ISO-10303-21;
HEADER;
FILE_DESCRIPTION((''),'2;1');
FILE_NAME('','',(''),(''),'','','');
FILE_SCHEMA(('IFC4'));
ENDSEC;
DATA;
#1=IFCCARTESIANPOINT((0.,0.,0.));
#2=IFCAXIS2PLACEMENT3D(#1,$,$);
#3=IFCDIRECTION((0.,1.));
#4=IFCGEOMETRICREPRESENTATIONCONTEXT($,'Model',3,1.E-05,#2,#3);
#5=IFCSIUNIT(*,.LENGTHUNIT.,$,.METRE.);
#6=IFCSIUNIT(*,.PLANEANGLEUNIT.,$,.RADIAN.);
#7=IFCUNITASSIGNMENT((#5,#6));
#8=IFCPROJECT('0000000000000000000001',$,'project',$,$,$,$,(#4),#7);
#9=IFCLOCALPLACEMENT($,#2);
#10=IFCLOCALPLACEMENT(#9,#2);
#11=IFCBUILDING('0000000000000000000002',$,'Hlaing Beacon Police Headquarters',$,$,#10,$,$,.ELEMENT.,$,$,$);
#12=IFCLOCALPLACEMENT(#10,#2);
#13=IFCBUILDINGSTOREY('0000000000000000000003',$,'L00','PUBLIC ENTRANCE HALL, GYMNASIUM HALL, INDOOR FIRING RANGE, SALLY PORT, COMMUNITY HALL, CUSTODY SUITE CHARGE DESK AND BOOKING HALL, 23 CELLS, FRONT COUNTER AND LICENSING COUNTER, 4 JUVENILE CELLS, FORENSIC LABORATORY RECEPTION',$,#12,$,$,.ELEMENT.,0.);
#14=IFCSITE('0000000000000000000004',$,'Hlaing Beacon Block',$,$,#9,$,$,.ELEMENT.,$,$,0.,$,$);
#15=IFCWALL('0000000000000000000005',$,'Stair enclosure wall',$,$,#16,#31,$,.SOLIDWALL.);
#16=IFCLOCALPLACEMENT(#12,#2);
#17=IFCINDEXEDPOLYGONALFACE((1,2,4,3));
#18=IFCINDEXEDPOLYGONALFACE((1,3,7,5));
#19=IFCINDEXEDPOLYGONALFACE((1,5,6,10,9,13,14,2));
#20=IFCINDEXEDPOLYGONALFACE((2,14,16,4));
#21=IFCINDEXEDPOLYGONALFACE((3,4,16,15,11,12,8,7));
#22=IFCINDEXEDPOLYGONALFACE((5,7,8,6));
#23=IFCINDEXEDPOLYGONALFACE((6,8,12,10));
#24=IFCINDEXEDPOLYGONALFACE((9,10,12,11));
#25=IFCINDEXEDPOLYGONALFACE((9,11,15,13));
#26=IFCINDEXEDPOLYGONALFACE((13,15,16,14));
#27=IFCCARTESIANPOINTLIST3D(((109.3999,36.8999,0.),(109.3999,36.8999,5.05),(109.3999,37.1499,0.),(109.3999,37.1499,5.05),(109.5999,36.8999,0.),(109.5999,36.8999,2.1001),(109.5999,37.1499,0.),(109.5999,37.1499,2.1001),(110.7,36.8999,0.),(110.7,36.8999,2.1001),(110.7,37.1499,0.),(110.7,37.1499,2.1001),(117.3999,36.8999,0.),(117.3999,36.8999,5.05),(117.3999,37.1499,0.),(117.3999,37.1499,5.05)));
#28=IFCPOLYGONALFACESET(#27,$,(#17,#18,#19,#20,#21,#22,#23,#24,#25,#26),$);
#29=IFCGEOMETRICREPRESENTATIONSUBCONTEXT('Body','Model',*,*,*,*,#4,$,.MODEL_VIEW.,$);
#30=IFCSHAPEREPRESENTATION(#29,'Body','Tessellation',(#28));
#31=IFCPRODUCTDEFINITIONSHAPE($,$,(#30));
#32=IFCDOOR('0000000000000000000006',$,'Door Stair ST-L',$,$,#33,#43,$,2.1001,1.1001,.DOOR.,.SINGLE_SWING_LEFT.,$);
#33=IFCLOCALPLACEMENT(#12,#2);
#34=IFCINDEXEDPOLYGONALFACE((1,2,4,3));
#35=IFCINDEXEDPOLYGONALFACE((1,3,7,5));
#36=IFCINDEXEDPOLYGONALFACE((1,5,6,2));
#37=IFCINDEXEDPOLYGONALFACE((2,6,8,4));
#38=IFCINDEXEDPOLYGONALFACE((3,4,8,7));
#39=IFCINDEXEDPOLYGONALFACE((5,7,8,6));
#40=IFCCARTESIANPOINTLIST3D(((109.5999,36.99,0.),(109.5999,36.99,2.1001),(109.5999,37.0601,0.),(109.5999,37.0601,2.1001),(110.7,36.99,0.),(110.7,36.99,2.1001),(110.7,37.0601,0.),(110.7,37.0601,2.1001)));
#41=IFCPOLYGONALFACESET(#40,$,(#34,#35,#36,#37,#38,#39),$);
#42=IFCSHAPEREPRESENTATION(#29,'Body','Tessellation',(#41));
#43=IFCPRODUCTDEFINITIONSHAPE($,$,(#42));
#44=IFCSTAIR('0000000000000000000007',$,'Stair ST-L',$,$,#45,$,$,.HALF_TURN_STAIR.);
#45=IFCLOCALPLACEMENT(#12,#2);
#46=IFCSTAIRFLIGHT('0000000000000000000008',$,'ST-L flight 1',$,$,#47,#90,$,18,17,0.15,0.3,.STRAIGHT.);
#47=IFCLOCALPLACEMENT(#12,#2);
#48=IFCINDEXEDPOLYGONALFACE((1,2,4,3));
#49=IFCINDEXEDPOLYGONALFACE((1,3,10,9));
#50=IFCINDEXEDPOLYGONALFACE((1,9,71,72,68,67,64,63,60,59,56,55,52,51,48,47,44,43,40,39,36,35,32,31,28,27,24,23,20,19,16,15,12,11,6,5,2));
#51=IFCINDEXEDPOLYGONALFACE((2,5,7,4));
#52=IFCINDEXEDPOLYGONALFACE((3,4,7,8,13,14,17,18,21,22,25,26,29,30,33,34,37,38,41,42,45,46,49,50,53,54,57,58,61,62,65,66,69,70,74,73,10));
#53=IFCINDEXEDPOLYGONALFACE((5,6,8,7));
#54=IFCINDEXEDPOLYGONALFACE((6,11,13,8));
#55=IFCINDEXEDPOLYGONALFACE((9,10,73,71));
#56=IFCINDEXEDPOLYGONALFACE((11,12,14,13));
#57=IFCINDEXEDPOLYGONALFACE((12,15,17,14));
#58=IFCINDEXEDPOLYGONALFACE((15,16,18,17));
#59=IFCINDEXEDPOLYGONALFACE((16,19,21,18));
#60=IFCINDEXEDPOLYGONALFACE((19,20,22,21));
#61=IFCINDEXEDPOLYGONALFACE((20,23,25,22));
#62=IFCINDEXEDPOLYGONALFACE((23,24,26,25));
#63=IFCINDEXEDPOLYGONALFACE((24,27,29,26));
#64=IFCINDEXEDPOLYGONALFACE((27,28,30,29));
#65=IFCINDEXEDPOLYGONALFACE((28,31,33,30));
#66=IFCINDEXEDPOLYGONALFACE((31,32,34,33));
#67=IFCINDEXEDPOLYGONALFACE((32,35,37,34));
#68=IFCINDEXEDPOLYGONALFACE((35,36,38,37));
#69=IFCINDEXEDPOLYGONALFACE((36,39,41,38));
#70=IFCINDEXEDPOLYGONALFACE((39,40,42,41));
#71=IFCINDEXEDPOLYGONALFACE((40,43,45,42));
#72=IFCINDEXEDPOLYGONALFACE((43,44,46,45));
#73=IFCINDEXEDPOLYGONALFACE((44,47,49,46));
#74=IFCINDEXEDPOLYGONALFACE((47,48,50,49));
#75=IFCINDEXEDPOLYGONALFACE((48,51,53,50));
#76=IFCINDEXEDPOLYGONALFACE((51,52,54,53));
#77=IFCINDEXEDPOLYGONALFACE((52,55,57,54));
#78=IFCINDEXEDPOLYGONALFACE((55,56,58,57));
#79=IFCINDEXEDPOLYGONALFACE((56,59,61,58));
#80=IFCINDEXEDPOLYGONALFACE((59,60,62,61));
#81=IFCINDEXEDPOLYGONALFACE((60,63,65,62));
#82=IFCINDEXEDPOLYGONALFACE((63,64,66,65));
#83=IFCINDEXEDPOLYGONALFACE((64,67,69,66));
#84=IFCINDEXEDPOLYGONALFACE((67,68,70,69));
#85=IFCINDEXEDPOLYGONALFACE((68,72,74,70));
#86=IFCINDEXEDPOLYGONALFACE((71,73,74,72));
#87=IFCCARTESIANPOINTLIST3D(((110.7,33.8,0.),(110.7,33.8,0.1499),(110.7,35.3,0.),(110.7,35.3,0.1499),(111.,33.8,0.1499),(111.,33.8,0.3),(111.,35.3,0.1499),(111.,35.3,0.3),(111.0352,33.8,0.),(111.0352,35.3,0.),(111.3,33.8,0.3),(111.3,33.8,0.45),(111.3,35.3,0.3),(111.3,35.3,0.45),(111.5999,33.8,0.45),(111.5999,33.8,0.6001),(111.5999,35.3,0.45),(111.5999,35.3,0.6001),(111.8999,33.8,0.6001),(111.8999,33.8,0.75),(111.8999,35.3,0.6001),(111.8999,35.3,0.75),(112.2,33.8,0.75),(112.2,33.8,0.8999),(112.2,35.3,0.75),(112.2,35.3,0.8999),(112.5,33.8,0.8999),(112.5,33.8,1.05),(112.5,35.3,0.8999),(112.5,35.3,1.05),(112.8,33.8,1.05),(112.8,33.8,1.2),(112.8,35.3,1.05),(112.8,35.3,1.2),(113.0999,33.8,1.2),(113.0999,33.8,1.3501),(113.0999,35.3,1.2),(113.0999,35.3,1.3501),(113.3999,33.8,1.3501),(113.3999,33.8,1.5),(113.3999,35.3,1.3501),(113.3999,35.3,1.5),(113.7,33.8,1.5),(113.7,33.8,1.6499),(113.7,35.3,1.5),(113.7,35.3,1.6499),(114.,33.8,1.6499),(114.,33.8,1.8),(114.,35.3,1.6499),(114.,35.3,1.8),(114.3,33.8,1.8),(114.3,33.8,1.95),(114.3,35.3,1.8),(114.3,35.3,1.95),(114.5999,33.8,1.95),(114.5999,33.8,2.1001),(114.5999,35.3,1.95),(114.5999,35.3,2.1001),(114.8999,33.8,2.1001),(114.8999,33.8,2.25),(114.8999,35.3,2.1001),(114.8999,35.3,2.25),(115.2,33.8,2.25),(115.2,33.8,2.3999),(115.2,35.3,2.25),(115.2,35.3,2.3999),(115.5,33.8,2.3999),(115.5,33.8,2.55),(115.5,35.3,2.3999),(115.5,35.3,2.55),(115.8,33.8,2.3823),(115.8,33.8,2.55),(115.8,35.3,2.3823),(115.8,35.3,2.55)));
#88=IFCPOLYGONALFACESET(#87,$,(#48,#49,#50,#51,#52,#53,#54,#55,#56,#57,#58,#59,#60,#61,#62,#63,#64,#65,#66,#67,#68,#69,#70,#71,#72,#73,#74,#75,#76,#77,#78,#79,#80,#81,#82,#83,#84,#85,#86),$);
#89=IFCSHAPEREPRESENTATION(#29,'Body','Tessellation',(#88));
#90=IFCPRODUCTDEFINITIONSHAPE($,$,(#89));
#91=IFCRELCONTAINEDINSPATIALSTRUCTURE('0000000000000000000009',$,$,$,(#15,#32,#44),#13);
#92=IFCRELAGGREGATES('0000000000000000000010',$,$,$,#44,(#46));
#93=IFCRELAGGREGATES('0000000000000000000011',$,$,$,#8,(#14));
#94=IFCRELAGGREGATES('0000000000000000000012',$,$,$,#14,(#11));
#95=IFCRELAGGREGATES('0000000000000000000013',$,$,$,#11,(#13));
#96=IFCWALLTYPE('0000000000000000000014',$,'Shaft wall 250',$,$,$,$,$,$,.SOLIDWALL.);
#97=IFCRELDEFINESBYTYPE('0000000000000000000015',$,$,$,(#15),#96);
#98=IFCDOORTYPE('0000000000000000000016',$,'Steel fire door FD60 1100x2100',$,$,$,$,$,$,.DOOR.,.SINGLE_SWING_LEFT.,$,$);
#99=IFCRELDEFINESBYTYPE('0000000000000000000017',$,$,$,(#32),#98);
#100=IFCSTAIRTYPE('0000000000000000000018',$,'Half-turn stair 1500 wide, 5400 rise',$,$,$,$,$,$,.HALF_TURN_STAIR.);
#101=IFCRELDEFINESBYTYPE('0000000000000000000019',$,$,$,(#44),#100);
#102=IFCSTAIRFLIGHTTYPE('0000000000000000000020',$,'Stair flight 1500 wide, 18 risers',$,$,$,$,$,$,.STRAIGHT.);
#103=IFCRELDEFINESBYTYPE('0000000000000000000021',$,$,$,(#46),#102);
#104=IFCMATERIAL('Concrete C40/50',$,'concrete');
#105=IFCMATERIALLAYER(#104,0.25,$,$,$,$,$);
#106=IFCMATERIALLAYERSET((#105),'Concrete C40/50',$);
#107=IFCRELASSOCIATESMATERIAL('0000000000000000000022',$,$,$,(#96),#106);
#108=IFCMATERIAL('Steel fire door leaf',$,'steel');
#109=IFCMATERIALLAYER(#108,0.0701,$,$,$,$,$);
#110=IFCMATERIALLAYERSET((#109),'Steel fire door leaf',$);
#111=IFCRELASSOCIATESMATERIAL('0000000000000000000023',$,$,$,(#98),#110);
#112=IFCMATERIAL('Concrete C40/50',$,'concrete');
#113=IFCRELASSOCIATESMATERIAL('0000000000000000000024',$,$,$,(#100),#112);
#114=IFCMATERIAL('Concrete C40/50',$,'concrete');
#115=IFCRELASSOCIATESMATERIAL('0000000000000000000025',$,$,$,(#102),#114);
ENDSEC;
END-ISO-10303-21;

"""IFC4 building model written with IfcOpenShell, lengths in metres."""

from ifc_helpers import new_model, si_unit, direction, frame, frame_2d, origin, place, context, subcontext, project, spatial, polyline, rectangle, outline, extrude, material, layer, layer_set, type_object, element, fill, aggregate, save


model = new_model("IFC4")

# Units and contexts
model_context = context("Model", 3, precision=1e-05, world=origin(), true_north=direction((0.0, 1.0)))
body_context = subcontext(model_context, "Body", "Model", "MODEL_VIEW")
ifc_project = project(units=[si_unit("LENGTHUNIT", "METRE"), si_unit("PLANEANGLEUNIT", "RADIAN")], contexts=[model_context])

# Site, building, storey
site_placement = place(None, origin())
site = spatial("IfcSite", under=ifc_project, at=site_placement, Name="Hlaing Beacon Block", CompositionType="ELEMENT", RefElevation=0.0)
building_placement = place(site_placement, origin())
building = spatial("IfcBuilding", under=site, at=building_placement, Name="Hlaing Beacon Police Headquarters", CompositionType="ELEMENT")
storey_placement = place(building_placement, origin())
storey = spatial("IfcBuildingStorey", under=building, at=storey_placement, Name="L00", Description="PUBLIC ENTRANCE HALL, GYMNASIUM HALL, INDOOR FIRING RANGE, SALLY PORT, COMMUNITY HALL, CUSTODY SUITE CHARGE DESK AND BOOKING HALL, 23 CELLS, FRONT COUNTER AND LICENSING COUNTER, 4 JUVENILE CELLS, FORENSIC LABORATORY RECEPTION", CompositionType="ELEMENT", Elevation=0.0)

# Wall, opening, door
ifc_material_1 = material(Name="Concrete C40/50", Category="concrete")
ifc_layer_1 = layer(ifc_material_1, 0.25)
ifc_layer_set_1 = layer_set([ifc_layer_1], Name="Concrete C40/50")
wall_type_1 = type_object("IfcWallType", Name="Shaft wall 250", PredefinedType="SOLIDWALL", material=ifc_layer_set_1)
wall_1_placement = place(storey_placement, frame((109.3999, 37.0249, 0.0), z_axis=(0.0, 0.0, 1.0), x_axis=(1.0, 0.0, 0.0)))
wall_1 = element("IfcWall", 1, at=wall_1_placement, inside=storey, type_object=wall_type_1, Name="Stair enclosure wall", PredefinedType="SOLIDWALL", context=body_context, shape_type="SweptSolid", body=[
    extrude(rectangle(XDim=8.0, YDim=0.25, at=frame_2d((4.0, 0.0))), origin(), (0.0, 0.0, 1.0), 5.05),
])
opening_1_placement = place(wall_1_placement, frame((0.2, 0.0, 0.0)))
opening_1 = element("IfcOpeningElement", 2, at=opening_1_placement, cuts=wall_1, PredefinedType="OPENING", context=body_context, shape_type="SweptSolid", body=[
    extrude(rectangle(XDim=1.1001, YDim=2.1001, at=frame_2d((0.55, 1.05))), frame((0.0, 0.135, 0.0), z_axis=(0.0, -1.0, 0.0), x_axis=(1.0, 0.0, 0.0)), (0.0, 0.0, 1.0), 0.27),
])
ifc_material_2 = material(Name="Steel fire door leaf", Category="steel")
ifc_layer_2 = layer(ifc_material_2, 0.0701)
ifc_layer_set_2 = layer_set([ifc_layer_2], Name="Steel fire door leaf")
door_type_1 = type_object("IfcDoorType", Name="Steel fire door FD60 1100x2100", OperationType="SINGLE_SWING_LEFT", PredefinedType="DOOR", material=ifc_layer_set_2)
door_1_placement = place(opening_1_placement, frame((1.1001, 0.0, 0.0), z_axis=(0.0, 0.0, 1.0), x_axis=(-1.0, 0.0, 0.0)))
door_1 = element("IfcDoor", 3, at=door_1_placement, inside=storey, type_object=door_type_1, Name="Door Stair ST-L", OperationType="SINGLE_SWING_LEFT", OverallHeight=2.1001, OverallWidth=1.1001, PredefinedType="DOOR", context=body_context, shape_type="SweptSolid", body=[
    extrude(rectangle(XDim=1.1001, YDim=2.1001, at=frame_2d((0.55, 1.05))), frame((0.0, 0.0349, 0.0), z_axis=(0.0, -1.0, 0.0), x_axis=(1.0, 0.0, 0.0)), (0.0, 0.0, 1.0), 0.0701),
])
fill(opening_1, door_1)

# Stair, stair flight
ifc_material_3 = material(Name="Concrete C40/50", Category="concrete")
stair_type = type_object("IfcStairType", Name="Half-turn stair 1500 wide, 5400 rise", PredefinedType="HALF_TURN_STAIR", material=ifc_material_3)
stair_placement = place(storey_placement, origin())
stair = element("IfcStair", 4, at=stair_placement, inside=storey, type_object=stair_type, Name="Stair ST-L", PredefinedType="HALF_TURN_STAIR")
ifc_material_4 = material(Name="Concrete C40/50", Category="concrete")
stair_flight_type = type_object("IfcStairFlightType", Name="Stair flight 1500 wide, 18 risers", PredefinedType="STRAIGHT", material=ifc_material_4)
stair_flight_placement = place(storey_placement, frame((110.7, 34.55, 0.0), z_axis=(0.0, 0.0, 1.0), x_axis=(1.0, 0.0, 0.0)))
stair_flight = element("IfcStairFlight", 5, at=stair_flight_placement, type_object=stair_flight_type, Name="ST-L flight 1", NumberOfRisers=18, NumberOfTreads=17, PredefinedType="STRAIGHT", RiserHeight=0.15, TreadLength=0.3, context=body_context, shape_type="SweptSolid", body=[
    extrude(outline(polyline([(0.0, 0.0), (0.0, 0.1499), (0.3, 0.1499), (0.3, 0.3), (0.6001, 0.3), (0.6001, 0.45), (0.8999, 0.45), (0.8999, 0.6001), (1.2, 0.6001), (1.2, 0.75), (1.5, 0.75), (1.5, 0.8999), (1.8, 0.8999), (1.8, 1.05), (2.1001, 1.05), (2.1001, 1.2), (2.3999, 1.2), (2.3999, 1.3501), (2.7, 1.3501), (2.7, 1.5), (3.0, 1.5), (3.0, 1.6499), (3.3, 1.6499), (3.3, 1.8), (3.6001, 1.8), (3.6001, 1.95), (3.8999, 1.95), (3.8999, 2.1001), (4.2, 2.1001), (4.2, 2.25), (4.5, 2.25), (4.5, 2.3999), (4.8, 2.3999), (4.8, 2.55), (5.1001, 2.55), (5.1001, 2.7), (5.1001, 2.3823), (0.3352, 0.0), (0.0, 0.0)])), frame((0.0, 0.75, 0.0), z_axis=(0.0, -1.0, 0.0), x_axis=(1.0, 0.0, 0.0)), (0.0, 0.0, 1.0), 1.5),
])
aggregate(stair, [stair_flight])

save(model, "model.ifc")
